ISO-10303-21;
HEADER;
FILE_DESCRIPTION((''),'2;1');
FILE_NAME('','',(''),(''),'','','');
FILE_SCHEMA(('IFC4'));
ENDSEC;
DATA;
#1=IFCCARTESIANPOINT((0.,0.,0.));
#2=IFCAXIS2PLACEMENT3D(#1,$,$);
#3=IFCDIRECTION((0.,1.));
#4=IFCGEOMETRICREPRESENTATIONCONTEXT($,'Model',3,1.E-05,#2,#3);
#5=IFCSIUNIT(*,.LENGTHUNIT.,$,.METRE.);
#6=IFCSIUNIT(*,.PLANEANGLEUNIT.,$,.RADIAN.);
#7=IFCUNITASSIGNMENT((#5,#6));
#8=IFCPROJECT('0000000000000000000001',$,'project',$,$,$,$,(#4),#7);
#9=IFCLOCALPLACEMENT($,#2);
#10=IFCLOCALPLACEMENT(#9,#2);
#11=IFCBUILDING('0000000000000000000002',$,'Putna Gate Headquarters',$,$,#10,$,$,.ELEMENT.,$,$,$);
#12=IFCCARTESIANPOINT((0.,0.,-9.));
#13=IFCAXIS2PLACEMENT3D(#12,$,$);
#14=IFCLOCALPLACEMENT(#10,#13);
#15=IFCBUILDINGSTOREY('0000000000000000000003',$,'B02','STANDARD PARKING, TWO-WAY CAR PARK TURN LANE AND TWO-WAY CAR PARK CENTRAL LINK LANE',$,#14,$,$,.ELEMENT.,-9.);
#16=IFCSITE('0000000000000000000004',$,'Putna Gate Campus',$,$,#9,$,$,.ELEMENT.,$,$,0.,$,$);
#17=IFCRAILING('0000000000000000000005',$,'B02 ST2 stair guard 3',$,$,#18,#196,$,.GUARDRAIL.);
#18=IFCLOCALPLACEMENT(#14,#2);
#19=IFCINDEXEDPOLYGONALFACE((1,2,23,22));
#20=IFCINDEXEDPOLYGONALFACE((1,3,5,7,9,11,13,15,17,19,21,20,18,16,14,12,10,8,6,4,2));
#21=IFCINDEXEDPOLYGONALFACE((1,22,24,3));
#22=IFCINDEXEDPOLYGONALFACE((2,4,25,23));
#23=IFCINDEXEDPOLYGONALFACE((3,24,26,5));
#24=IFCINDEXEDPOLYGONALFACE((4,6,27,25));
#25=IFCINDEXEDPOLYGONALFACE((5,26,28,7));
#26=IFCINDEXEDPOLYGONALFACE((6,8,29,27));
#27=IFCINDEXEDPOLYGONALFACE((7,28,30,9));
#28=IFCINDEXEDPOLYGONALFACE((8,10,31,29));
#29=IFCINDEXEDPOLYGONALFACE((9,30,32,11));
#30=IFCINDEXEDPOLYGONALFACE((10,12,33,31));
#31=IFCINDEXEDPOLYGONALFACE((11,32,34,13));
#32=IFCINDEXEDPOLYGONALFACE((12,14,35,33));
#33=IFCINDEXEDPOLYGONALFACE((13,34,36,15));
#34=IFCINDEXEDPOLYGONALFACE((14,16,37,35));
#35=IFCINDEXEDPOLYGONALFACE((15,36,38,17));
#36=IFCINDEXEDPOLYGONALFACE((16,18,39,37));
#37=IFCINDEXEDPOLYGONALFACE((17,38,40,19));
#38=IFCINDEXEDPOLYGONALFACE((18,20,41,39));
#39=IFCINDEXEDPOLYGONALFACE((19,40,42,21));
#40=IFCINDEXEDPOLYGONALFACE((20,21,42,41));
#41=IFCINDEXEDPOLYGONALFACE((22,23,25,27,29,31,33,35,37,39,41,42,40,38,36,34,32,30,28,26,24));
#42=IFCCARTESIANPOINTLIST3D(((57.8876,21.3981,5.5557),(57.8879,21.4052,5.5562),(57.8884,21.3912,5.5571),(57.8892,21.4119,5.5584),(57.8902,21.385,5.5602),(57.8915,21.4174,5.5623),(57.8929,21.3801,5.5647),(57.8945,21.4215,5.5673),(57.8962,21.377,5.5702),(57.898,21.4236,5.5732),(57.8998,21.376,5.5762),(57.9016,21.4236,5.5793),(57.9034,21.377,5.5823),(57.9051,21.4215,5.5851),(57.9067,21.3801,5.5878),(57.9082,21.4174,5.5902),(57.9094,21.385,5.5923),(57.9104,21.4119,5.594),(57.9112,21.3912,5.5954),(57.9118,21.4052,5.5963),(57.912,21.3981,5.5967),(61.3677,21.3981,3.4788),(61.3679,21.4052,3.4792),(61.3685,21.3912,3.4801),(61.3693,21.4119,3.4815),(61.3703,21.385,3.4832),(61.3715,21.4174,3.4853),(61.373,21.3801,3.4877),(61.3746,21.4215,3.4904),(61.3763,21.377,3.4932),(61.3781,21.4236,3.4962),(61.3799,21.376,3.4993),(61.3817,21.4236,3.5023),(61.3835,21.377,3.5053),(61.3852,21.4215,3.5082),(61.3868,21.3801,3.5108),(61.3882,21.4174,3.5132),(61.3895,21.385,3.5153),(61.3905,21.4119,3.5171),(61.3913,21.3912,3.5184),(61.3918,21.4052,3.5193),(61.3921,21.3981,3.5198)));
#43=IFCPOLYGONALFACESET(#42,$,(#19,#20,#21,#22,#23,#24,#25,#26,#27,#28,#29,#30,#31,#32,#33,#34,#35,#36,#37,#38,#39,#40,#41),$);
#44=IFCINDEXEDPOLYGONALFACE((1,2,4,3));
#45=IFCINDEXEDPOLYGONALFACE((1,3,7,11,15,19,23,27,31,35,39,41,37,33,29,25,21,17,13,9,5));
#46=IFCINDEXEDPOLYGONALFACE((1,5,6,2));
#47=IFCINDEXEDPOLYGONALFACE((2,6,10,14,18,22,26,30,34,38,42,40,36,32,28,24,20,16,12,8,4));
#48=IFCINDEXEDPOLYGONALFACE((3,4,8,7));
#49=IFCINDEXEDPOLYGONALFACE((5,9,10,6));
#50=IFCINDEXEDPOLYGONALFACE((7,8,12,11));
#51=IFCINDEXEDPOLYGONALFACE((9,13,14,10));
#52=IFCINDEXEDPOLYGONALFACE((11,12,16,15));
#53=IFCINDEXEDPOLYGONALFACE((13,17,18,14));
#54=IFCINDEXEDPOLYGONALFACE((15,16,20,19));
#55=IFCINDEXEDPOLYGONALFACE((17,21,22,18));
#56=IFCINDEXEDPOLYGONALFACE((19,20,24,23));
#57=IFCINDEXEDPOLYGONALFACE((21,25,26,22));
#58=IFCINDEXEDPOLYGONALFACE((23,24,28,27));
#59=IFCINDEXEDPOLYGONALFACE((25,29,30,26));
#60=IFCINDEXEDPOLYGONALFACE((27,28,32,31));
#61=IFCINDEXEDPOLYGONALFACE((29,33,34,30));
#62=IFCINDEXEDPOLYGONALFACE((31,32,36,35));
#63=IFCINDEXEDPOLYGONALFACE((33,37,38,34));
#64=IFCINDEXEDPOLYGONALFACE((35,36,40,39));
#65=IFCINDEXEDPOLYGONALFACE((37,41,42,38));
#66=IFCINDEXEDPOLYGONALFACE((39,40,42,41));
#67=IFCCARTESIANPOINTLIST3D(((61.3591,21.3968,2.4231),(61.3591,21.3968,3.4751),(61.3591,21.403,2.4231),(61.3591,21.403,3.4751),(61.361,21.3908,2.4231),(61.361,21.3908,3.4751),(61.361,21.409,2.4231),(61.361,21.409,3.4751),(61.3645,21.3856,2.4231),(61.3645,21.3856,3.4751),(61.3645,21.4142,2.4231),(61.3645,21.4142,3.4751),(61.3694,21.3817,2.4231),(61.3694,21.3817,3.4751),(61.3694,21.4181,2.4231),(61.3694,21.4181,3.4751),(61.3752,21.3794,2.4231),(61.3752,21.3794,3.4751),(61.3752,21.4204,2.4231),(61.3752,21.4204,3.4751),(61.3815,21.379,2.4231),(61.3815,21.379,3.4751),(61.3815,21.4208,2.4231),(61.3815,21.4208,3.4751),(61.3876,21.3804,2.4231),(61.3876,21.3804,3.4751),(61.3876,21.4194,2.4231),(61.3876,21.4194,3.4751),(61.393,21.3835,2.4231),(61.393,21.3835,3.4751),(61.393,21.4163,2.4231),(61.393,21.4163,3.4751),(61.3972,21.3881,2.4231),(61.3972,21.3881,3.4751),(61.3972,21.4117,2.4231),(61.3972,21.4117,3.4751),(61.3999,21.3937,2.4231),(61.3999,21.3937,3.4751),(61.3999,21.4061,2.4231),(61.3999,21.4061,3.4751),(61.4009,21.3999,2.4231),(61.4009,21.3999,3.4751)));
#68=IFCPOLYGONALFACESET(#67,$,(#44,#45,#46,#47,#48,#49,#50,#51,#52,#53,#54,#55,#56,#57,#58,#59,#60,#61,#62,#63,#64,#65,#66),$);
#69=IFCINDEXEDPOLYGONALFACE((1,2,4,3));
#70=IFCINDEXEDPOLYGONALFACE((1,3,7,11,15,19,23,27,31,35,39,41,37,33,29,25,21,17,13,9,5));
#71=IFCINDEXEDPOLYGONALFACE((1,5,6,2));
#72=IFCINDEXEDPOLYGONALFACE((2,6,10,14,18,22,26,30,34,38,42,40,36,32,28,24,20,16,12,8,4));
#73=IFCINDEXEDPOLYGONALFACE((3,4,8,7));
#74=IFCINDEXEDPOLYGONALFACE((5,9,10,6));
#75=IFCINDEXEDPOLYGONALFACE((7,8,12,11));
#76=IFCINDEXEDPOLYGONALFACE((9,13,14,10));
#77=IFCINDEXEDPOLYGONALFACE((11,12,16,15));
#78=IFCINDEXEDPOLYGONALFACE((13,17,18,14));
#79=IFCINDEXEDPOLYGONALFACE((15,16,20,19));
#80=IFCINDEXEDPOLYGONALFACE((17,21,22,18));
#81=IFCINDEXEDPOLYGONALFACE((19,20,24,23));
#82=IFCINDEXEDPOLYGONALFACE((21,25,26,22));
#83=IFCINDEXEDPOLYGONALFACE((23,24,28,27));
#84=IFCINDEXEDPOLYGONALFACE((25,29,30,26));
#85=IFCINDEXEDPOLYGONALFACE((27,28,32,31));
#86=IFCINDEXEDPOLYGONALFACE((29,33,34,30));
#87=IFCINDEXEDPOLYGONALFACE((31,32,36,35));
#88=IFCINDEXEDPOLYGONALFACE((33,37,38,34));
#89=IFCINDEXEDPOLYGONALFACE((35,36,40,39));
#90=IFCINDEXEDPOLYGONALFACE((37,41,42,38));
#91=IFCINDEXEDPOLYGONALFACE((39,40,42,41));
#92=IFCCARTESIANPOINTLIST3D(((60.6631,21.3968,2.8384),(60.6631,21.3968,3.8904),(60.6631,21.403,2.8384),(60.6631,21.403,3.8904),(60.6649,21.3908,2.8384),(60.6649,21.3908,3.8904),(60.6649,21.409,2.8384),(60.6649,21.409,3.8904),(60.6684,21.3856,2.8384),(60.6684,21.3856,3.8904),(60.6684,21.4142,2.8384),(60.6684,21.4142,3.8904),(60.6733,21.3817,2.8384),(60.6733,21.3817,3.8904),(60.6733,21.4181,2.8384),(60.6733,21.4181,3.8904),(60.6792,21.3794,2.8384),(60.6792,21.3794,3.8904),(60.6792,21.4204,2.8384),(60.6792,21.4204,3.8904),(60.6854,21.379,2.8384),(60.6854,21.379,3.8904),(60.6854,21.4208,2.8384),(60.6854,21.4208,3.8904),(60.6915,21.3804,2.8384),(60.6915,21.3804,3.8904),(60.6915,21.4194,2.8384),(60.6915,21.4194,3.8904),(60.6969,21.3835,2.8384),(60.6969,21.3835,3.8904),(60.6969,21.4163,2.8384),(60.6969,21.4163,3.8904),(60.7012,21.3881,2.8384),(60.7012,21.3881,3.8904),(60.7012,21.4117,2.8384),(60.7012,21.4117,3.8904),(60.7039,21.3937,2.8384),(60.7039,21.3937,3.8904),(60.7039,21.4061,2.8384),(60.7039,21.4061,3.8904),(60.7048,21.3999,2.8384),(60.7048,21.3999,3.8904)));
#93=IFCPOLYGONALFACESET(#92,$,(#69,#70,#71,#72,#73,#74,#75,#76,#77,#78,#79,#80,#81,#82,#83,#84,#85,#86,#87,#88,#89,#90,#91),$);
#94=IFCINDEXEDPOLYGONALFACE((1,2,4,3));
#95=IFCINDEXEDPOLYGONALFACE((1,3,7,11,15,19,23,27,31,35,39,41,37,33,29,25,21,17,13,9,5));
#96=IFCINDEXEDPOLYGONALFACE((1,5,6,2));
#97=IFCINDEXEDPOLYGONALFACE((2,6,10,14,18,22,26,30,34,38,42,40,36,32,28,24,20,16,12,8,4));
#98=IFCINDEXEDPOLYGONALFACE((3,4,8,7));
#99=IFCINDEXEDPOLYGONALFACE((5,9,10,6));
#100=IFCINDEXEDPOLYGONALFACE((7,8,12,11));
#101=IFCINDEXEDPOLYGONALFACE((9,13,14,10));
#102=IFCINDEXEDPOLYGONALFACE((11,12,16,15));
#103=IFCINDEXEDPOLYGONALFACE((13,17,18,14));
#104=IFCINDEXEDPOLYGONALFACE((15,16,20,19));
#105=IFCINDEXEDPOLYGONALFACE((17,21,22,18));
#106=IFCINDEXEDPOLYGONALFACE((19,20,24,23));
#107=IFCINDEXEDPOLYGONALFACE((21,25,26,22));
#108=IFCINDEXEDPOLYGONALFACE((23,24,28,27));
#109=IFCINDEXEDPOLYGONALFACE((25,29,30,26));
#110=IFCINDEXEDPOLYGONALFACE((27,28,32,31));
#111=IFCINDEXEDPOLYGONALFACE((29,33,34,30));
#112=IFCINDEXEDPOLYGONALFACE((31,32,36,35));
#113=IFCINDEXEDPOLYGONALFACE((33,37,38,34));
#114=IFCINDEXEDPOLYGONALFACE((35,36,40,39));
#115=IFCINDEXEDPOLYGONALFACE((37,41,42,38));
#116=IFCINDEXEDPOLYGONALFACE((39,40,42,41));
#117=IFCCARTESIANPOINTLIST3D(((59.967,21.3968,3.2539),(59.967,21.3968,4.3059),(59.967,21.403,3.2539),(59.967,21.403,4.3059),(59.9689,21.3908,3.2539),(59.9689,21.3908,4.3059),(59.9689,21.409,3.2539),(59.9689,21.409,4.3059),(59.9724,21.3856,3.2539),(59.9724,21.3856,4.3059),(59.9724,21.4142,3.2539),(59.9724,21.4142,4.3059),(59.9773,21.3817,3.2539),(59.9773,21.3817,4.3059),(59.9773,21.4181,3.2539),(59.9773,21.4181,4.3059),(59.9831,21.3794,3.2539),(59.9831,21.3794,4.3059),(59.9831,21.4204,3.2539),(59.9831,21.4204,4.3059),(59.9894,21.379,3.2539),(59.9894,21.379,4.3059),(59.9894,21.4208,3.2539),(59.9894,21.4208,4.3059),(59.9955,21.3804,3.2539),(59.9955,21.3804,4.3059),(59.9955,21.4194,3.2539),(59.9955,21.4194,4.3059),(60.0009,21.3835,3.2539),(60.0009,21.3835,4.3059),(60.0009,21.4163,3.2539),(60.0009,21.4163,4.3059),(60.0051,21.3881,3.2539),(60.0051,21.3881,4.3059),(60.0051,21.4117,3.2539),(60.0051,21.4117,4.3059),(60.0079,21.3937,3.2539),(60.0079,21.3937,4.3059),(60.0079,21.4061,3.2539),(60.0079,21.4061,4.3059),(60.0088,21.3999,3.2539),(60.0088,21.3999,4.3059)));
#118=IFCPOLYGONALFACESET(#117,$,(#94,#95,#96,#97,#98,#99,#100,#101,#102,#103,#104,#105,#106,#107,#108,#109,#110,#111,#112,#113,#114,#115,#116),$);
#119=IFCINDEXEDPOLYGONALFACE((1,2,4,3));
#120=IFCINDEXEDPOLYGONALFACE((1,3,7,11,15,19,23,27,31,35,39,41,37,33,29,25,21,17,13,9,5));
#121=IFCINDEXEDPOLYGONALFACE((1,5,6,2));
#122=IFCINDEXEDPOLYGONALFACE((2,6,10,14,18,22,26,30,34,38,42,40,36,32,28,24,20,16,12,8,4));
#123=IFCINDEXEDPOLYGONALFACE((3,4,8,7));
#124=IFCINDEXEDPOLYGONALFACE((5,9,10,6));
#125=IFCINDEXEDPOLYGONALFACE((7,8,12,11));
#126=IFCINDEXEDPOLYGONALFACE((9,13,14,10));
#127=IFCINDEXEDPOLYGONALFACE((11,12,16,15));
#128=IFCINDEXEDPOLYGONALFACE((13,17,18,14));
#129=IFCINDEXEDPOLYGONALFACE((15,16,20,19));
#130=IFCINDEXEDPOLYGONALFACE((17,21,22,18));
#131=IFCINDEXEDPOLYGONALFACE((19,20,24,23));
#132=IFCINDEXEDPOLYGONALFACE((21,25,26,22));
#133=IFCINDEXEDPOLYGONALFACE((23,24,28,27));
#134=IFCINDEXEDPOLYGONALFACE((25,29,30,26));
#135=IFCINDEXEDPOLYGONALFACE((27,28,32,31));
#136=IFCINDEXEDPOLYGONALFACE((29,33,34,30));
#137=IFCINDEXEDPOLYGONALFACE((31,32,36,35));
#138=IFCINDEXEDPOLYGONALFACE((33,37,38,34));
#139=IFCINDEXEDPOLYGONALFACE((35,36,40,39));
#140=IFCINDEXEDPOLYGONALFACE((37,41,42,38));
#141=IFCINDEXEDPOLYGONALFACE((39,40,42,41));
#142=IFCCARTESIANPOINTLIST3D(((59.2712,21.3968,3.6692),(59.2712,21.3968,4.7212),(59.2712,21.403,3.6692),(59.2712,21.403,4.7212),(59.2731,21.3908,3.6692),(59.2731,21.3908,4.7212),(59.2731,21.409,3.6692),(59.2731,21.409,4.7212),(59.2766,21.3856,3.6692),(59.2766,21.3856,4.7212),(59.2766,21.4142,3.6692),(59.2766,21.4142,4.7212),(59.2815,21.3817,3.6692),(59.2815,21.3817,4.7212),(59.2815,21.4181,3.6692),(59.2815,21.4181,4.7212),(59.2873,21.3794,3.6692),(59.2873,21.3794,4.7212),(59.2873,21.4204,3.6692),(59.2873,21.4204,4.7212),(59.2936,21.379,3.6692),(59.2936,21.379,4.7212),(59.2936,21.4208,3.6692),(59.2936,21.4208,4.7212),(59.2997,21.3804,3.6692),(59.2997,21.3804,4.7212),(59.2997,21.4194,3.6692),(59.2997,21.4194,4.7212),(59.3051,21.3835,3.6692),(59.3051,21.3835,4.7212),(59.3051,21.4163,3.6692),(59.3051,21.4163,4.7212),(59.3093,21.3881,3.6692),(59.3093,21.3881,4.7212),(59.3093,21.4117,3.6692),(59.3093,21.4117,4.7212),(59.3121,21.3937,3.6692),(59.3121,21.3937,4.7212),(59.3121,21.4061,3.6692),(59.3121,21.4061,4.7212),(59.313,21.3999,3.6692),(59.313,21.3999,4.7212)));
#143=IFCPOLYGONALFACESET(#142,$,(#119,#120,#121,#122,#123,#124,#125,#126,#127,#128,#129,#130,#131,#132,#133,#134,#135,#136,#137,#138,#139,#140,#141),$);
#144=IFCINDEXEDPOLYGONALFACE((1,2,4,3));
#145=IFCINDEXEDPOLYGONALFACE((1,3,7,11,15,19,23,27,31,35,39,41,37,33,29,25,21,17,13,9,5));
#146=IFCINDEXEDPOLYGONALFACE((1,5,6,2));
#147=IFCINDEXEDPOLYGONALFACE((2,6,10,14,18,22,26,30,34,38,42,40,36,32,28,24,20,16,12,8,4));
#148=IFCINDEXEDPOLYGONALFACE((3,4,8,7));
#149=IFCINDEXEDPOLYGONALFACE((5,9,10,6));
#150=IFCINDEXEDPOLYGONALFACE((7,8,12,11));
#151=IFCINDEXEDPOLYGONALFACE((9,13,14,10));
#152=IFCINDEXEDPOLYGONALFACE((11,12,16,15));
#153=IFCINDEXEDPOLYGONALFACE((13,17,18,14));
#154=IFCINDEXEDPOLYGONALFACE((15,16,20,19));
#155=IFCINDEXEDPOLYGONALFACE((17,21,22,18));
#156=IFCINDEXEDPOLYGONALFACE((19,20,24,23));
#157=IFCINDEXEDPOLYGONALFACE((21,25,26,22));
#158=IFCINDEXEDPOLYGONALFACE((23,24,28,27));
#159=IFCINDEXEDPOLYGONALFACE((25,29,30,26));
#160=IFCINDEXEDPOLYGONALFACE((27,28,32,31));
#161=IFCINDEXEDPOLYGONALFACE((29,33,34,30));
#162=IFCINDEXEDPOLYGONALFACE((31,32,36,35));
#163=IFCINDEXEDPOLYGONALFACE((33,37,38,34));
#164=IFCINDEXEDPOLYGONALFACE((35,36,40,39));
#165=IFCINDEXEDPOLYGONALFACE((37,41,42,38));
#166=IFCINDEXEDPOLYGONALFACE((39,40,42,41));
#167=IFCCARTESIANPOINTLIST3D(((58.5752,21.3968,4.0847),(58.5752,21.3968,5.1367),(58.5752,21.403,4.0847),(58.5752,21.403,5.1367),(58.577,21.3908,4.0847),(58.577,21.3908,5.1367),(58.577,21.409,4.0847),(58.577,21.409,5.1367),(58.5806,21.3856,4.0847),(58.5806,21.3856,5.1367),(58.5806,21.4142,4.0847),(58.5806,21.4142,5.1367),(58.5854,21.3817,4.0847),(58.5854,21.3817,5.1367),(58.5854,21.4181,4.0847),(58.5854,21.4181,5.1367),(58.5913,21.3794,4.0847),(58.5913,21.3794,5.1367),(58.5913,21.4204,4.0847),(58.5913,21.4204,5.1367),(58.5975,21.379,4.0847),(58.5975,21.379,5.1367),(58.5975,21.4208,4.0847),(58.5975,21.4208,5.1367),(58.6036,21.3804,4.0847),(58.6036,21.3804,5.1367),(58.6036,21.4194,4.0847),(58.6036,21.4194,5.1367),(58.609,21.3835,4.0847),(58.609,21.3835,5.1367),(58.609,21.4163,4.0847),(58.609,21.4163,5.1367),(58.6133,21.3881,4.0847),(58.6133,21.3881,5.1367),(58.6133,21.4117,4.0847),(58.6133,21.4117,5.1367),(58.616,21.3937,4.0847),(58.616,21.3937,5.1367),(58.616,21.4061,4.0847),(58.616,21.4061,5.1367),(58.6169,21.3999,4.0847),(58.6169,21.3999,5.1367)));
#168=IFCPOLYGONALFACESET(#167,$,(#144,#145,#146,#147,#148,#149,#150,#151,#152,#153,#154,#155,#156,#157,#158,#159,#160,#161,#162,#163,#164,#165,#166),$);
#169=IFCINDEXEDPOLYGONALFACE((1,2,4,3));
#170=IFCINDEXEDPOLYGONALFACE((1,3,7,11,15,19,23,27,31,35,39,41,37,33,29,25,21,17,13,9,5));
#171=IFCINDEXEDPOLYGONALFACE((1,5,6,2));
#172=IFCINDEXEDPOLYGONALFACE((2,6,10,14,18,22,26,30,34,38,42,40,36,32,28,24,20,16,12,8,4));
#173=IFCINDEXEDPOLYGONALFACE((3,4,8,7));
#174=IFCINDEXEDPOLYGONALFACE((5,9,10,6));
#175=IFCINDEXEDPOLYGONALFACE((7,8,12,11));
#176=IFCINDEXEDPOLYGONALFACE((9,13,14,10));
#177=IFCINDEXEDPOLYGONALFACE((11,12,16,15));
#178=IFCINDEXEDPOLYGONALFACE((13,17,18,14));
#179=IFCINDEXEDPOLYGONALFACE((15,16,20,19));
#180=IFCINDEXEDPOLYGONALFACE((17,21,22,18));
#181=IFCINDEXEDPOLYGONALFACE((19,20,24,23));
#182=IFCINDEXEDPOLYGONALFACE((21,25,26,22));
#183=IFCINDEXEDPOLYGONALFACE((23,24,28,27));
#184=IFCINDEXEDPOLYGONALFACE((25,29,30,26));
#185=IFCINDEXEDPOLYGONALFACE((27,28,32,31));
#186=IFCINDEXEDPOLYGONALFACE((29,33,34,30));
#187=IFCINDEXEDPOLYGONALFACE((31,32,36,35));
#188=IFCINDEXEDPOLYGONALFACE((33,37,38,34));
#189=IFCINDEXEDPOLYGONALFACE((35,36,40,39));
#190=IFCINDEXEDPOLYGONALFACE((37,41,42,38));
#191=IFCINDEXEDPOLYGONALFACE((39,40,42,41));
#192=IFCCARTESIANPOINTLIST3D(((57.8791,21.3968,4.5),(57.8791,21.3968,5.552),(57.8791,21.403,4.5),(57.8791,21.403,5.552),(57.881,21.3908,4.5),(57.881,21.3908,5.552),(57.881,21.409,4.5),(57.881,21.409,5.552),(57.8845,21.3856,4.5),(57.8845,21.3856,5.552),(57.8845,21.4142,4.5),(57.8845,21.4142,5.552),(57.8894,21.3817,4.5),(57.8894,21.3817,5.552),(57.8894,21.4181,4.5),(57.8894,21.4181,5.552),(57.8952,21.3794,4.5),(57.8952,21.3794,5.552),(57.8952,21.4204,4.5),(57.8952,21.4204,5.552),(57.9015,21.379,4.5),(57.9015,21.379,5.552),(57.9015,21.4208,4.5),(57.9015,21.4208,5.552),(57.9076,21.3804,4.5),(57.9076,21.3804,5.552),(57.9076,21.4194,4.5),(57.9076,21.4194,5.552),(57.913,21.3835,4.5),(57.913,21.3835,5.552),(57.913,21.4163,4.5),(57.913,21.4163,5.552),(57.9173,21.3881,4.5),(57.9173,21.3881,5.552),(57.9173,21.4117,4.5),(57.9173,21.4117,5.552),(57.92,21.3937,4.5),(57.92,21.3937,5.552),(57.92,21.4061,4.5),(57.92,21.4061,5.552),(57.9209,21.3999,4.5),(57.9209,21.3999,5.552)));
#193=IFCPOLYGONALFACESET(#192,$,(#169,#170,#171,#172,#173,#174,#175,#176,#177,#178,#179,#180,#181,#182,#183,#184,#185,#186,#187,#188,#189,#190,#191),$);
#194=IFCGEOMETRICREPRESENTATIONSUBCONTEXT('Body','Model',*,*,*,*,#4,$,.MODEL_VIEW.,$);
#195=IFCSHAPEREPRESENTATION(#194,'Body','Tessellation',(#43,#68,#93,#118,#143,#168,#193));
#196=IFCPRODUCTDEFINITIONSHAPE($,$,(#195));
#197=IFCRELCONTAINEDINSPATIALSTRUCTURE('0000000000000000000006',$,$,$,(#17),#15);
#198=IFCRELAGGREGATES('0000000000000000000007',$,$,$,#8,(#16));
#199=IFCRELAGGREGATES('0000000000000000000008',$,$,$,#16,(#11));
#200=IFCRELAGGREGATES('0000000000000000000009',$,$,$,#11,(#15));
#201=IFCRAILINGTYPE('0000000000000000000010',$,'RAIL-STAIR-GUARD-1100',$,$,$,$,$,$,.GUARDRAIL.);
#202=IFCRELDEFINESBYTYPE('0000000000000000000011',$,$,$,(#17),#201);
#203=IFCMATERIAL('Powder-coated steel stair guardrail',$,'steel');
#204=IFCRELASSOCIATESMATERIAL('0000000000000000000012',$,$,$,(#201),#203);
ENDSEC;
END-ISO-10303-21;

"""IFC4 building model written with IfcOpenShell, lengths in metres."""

from ifc_helpers import new_model, si_unit, direction, frame, origin, origin_2d, place, context, subcontext, project, spatial, circle, extrude, material, type_object, element, save


model = new_model("IFC4")

# Units and contexts
model_context = context("Model", 3, precision=1e-05, world=origin(), true_north=direction((0.0, 1.0)))
body_context = subcontext(model_context, "Body", "Model", "MODEL_VIEW")
ifc_project = project(units=[si_unit("LENGTHUNIT", "METRE"), si_unit("PLANEANGLEUNIT", "RADIAN")], contexts=[model_context])

# Site, building, storey
site_placement = place(None, origin())
site = spatial("IfcSite", under=ifc_project, at=site_placement, Name="Putna Gate Campus", CompositionType="ELEMENT", RefElevation=0.0)
building_placement = place(site_placement, origin())
building = spatial("IfcBuilding", under=site, at=building_placement, Name="Putna Gate Headquarters", CompositionType="ELEMENT")
storey_placement = place(building_placement, frame((0.0, 0.0, -9.0)))
storey = spatial("IfcBuildingStorey", under=building, at=storey_placement, Name="B02", Description="STANDARD PARKING, TWO-WAY CAR PARK TURN LANE AND TWO-WAY CAR PARK CENTRAL LINK LANE", CompositionType="ELEMENT", Elevation=-9.0)

# Railing
ifc_material_1 = material(Name="Powder-coated steel stair guardrail", Category="steel")
railing_type_1 = type_object("IfcRailingType", Name="RAIL-STAIR-GUARD-1100", PredefinedType="GUARDRAIL", material=ifc_material_1)
railing_1_placement = place(storey_placement, frame((61.3799, 21.3999, 2.4231)))
element("IfcRailing", 1, at=railing_1_placement, inside=storey, type_object=railing_type_1, Name="B02 ST2 stair guard 3", PredefinedType="GUARDRAIL", context=body_context, shape_type="SweptSolid", body=[
    extrude(circle(Radius=0.0239, at=origin_2d()), frame((0.0, 0.0, 1.0762), z_axis=(-0.858697, 0.0, 0.512483), x_axis=(0.0, -1.0, 0.0)), (0.0, 0.0, 1.0), 4.0527),
    extrude(circle(Radius=0.021, at=origin_2d()), origin(), (0.0, 0.0, 1.0), 1.052),
    extrude(circle(Radius=0.021, at=origin_2d()), frame((-0.696, 0.0, 0.4153)), (0.0, 0.0, 1.0), 1.052),
    extrude(circle(Radius=0.021, at=origin_2d()), frame((-1.3921, 0.0, 0.8308)), (0.0, 0.0, 1.0), 1.052),
    extrude(circle(Radius=0.021, at=origin_2d()), frame((-2.0879, 0.0, 1.2461)), (0.0, 0.0, 1.0), 1.052),
    extrude(circle(Radius=0.021, at=origin_2d()), frame((-2.7839, 0.0, 1.6616)), (0.0, 0.0, 1.0), 1.052),
    extrude(circle(Radius=0.021, at=origin_2d()), frame((-3.48, 0.0, 2.0769)), (0.0, 0.0, 1.0), 1.052),
])

save(model, "model.ifc")
